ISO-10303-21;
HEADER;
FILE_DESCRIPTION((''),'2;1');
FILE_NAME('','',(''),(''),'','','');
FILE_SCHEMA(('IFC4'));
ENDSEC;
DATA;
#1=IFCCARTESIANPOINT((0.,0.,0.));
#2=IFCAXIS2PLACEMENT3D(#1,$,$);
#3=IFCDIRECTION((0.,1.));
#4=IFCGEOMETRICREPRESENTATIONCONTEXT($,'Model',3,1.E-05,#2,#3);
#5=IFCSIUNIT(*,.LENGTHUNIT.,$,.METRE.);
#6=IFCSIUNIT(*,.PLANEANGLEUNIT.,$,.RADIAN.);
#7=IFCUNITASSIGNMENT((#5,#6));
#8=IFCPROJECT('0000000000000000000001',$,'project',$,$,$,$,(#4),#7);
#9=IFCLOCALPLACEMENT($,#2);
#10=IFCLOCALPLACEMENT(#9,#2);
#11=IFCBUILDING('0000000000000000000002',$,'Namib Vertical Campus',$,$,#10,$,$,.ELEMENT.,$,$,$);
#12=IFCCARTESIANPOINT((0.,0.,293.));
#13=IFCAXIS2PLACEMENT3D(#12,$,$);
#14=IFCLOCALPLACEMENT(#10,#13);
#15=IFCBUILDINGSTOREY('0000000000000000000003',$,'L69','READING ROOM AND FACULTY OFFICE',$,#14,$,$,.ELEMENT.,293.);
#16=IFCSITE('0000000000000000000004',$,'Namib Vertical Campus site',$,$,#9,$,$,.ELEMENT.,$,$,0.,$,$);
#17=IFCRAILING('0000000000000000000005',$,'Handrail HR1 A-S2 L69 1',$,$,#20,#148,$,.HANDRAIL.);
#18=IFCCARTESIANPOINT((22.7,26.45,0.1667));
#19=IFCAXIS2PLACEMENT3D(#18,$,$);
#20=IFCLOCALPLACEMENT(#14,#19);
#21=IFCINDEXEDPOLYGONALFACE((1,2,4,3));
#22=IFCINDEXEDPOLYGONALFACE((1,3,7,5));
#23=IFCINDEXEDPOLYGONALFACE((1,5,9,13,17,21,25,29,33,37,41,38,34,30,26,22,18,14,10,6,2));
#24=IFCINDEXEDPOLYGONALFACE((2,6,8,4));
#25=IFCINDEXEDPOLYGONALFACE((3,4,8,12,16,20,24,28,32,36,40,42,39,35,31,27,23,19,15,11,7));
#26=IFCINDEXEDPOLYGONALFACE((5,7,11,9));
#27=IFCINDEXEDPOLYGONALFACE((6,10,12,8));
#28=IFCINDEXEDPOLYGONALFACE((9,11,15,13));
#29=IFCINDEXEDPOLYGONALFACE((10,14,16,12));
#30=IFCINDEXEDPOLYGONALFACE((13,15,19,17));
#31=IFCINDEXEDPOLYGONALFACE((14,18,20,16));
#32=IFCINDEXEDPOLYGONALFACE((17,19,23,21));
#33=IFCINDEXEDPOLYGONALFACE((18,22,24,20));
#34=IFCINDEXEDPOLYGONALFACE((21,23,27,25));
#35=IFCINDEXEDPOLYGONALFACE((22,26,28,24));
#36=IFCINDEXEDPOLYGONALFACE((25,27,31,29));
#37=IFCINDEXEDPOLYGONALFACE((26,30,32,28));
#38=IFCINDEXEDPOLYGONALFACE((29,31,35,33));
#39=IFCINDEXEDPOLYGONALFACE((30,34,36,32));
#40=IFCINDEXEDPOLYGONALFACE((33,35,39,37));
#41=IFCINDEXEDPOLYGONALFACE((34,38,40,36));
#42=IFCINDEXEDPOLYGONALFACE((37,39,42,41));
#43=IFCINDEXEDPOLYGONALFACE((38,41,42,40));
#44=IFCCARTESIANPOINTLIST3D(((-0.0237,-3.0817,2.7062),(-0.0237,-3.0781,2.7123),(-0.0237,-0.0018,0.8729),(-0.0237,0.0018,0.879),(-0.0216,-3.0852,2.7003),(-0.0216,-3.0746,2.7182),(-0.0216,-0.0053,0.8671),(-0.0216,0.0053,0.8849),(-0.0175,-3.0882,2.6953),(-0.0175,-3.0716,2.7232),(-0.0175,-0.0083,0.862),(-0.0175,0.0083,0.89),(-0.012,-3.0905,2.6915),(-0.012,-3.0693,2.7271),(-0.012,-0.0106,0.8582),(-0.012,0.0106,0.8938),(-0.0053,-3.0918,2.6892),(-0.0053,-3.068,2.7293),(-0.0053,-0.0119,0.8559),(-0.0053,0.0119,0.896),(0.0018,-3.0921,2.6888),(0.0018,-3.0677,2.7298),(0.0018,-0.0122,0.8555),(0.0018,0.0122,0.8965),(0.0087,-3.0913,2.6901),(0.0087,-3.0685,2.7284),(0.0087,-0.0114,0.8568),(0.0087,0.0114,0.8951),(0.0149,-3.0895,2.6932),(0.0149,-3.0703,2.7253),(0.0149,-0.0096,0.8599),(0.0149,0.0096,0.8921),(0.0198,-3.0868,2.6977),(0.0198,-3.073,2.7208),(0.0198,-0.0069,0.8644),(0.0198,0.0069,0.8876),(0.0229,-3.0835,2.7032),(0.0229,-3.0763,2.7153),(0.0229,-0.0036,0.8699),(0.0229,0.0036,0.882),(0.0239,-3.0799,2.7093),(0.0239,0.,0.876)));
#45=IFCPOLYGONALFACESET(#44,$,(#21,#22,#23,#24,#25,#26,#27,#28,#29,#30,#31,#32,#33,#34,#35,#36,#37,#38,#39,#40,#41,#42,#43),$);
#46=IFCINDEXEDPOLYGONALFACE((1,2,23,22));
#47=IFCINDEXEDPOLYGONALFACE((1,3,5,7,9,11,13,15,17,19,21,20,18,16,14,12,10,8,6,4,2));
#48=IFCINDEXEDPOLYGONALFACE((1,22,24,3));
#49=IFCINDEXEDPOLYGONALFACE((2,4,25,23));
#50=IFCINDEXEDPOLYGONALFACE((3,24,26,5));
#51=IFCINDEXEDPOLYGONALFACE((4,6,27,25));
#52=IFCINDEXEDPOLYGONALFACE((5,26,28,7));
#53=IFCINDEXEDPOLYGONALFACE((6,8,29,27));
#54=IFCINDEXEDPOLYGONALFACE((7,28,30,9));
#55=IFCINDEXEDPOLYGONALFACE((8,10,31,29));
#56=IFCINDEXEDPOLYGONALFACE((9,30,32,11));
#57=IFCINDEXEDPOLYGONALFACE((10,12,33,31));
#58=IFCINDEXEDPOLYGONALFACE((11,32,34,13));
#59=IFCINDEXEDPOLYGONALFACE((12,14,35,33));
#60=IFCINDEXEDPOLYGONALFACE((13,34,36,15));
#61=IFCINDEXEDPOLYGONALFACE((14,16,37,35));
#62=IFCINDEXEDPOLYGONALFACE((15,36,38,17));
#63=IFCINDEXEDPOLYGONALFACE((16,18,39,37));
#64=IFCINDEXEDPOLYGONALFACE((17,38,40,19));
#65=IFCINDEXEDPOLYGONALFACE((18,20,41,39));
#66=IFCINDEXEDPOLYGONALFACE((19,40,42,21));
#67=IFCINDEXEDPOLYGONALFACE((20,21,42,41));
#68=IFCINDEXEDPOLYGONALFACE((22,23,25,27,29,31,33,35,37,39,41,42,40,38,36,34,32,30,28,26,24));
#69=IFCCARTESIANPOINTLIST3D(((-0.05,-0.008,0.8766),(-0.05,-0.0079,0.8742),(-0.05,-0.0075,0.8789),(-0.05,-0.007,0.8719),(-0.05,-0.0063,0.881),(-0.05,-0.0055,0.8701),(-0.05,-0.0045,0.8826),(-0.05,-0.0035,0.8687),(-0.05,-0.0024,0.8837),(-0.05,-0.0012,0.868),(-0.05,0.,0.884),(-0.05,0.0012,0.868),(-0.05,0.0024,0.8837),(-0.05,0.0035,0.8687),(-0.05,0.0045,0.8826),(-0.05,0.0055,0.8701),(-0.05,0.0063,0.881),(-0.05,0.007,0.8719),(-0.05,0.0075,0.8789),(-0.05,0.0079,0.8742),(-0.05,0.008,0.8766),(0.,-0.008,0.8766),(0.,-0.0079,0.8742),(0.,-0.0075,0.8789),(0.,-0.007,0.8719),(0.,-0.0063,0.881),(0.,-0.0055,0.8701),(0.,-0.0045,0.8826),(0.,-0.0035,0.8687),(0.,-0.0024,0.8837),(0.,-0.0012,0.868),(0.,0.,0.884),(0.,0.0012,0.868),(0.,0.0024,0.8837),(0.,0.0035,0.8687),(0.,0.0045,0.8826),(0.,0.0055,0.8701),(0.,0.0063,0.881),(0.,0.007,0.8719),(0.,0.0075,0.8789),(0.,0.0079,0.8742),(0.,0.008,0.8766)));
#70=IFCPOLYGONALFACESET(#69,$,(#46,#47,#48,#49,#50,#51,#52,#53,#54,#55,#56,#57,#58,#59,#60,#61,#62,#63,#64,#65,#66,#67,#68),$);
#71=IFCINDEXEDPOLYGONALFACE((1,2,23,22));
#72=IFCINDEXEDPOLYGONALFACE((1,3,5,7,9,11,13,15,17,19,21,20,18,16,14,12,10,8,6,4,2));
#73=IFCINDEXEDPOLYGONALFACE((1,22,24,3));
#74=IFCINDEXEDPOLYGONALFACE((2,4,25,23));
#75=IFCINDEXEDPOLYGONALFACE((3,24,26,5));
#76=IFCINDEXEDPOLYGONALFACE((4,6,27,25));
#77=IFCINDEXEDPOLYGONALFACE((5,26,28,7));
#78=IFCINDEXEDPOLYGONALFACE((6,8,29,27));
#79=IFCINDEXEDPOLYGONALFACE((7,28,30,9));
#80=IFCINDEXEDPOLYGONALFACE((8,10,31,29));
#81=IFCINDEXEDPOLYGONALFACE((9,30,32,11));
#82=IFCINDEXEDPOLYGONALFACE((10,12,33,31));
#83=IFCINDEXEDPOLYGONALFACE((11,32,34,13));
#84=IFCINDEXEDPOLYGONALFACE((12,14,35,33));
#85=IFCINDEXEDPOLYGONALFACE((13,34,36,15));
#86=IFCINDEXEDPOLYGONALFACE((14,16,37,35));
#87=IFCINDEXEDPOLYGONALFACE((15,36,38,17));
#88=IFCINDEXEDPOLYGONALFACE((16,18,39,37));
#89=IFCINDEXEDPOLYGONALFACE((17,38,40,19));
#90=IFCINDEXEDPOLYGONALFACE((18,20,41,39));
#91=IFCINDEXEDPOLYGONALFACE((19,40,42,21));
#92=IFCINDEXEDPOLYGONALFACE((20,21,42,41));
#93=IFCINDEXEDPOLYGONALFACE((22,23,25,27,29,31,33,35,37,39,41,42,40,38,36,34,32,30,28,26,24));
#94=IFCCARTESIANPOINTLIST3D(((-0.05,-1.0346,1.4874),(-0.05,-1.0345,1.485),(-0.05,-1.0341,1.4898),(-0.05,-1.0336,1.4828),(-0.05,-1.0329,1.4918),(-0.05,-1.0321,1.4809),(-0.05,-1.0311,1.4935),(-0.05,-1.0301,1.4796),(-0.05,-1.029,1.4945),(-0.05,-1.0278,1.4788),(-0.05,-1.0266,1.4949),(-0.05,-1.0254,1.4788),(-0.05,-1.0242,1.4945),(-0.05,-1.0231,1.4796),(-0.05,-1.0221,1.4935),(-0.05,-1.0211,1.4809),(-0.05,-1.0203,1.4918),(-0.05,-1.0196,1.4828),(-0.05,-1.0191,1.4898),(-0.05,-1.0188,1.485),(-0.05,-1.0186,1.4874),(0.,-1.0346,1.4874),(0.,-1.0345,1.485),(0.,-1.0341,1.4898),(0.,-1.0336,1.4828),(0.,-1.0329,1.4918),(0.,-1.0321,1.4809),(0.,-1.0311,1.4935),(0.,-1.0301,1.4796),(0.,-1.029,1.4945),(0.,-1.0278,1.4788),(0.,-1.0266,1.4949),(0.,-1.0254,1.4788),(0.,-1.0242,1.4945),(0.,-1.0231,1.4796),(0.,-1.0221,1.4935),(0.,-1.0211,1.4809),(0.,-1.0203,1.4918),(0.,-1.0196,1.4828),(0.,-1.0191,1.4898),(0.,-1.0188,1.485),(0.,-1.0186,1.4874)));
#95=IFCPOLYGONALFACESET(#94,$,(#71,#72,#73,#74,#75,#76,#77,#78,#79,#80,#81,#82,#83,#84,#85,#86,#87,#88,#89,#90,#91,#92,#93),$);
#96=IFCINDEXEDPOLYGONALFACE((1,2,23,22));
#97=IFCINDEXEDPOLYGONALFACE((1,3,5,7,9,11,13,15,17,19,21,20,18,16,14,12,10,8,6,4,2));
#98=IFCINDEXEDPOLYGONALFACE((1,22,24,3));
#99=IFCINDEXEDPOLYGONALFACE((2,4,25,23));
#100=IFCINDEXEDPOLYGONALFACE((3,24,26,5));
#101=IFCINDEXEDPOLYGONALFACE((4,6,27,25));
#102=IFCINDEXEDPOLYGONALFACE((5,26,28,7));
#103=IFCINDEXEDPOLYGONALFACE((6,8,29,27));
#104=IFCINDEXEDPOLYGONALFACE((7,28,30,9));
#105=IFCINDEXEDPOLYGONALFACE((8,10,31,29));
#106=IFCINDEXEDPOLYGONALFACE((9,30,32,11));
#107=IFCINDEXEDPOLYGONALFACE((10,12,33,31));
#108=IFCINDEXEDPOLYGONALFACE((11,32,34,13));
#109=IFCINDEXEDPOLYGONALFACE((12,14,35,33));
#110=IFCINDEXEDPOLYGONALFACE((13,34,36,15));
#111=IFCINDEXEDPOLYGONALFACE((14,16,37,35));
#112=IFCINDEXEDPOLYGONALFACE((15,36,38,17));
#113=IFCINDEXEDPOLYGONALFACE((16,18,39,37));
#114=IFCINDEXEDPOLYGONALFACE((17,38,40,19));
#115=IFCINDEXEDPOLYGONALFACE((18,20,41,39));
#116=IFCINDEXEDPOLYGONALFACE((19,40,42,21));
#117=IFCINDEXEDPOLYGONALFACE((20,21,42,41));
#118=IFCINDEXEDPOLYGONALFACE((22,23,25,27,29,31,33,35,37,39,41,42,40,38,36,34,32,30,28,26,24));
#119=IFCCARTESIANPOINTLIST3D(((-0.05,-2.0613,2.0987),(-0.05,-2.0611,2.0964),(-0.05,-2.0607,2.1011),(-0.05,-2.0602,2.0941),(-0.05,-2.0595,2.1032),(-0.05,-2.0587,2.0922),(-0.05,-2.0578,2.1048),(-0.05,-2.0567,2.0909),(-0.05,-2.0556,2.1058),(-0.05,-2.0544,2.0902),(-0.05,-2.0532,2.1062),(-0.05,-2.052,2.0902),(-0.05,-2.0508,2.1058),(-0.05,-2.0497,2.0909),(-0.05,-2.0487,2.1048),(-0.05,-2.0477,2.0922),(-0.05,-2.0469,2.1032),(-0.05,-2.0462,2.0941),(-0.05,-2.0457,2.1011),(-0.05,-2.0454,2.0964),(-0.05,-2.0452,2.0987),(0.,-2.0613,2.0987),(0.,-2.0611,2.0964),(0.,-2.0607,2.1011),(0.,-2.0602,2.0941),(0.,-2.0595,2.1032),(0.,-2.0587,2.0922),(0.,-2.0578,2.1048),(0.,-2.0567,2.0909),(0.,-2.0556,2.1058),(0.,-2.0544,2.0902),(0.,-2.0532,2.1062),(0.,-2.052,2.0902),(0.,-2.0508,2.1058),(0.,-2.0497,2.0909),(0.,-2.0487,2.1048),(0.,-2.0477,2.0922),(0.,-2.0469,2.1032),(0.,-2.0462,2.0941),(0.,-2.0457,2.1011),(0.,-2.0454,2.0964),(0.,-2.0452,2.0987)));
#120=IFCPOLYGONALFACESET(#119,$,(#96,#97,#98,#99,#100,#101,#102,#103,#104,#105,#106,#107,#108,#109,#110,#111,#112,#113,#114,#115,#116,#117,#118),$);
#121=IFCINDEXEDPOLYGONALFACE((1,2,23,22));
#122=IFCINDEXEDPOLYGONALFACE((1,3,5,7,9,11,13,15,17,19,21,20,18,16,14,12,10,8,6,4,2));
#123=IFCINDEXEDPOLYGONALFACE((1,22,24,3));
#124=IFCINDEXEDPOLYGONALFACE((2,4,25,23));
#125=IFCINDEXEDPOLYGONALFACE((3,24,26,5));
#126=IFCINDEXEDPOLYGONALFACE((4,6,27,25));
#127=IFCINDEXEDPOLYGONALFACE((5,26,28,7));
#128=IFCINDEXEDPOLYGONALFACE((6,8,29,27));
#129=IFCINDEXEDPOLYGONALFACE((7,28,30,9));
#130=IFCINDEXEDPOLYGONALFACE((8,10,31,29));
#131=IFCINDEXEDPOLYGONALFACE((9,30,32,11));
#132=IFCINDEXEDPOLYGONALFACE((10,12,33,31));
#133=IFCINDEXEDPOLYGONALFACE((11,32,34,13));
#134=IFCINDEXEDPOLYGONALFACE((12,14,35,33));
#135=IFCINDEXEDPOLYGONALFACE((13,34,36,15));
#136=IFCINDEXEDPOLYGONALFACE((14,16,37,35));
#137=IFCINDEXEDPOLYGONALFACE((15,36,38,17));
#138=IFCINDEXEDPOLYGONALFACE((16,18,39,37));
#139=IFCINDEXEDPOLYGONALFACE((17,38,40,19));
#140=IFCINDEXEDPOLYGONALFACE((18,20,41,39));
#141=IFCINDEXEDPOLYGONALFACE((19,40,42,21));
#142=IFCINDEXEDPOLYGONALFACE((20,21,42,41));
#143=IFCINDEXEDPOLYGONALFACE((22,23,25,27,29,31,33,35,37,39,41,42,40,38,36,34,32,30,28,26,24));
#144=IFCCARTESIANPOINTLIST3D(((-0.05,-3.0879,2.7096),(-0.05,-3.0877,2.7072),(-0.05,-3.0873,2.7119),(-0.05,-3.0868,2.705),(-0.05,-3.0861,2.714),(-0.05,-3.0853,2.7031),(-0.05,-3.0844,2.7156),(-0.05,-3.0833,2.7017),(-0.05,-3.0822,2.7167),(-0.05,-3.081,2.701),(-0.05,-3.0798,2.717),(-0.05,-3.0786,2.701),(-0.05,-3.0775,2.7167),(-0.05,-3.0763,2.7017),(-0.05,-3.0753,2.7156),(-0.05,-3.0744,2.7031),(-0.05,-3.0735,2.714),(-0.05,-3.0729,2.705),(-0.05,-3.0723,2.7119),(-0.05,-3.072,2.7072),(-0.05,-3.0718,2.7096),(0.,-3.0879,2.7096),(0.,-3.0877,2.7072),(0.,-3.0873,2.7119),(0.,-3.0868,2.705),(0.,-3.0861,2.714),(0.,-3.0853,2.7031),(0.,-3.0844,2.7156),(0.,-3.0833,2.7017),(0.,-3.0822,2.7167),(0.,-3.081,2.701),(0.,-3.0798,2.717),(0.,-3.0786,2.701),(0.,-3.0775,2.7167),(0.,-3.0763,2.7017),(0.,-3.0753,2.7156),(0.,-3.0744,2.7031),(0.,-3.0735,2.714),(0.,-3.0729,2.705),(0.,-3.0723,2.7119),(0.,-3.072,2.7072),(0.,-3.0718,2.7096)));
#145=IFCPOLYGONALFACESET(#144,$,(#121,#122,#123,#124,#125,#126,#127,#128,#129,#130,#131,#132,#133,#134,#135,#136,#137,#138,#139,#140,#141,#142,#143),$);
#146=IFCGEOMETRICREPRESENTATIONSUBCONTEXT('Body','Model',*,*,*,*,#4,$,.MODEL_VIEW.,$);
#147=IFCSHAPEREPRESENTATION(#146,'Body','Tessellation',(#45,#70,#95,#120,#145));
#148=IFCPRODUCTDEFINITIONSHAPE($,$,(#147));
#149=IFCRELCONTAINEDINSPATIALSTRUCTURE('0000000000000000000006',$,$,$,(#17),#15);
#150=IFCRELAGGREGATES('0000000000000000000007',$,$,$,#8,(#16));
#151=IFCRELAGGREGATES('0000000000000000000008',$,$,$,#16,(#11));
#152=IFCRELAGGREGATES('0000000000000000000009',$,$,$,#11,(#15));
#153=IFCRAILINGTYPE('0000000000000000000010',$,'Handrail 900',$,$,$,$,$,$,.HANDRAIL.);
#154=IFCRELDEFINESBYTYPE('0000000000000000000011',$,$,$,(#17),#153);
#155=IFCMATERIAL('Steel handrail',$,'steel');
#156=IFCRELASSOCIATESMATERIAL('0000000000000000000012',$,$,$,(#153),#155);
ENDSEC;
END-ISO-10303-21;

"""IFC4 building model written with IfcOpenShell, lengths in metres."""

from ifc_helpers import new_model, si_unit, direction, frame, origin, origin_2d, place, context, subcontext, project, spatial, circle, extrude, material, type_object, element, save


model = new_model("IFC4")

# Units and contexts
model_context = context("Model", 3, precision=1e-05, world=origin(), true_north=direction((0.0, 1.0)))
body_context = subcontext(model_context, "Body", "Model", "MODEL_VIEW")
ifc_project = project(units=[si_unit("LENGTHUNIT", "METRE"), si_unit("PLANEANGLEUNIT", "RADIAN")], contexts=[model_context])

# Site, building, storey
site_placement = place(None, origin())
site = spatial("IfcSite", under=ifc_project, at=site_placement, Name="Namib Vertical Campus site", CompositionType="ELEMENT", RefElevation=0.0)
building_placement = place(site_placement, origin())
building = spatial("IfcBuilding", under=site, at=building_placement, Name="Namib Vertical Campus", CompositionType="ELEMENT")
storey_placement = place(building_placement, frame((0.0, 0.0, 293.0)))
storey = spatial("IfcBuildingStorey", under=building, at=storey_placement, Name="L69", Description="READING ROOM AND FACULTY OFFICE", CompositionType="ELEMENT", Elevation=293.0)

# Railing
ifc_material_1 = material(Name="Steel handrail", Category="steel")
railing_type_1 = type_object("IfcRailingType", Name="Handrail 900", PredefinedType="HANDRAIL", material=ifc_material_1)
railing_1_placement = place(storey_placement, frame((22.7, 26.45, 0.1667)))
element("IfcRailing", 1, at=railing_1_placement, inside=storey, type_object=railing_type_1, Name="Handrail HR1 A-S2 L69 1", PredefinedType="HANDRAIL", context=body_context, shape_type="SweptSolid", body=[
    extrude(circle(Radius=0.0239, at=origin_2d()), frame((0.0, 0.0, 0.876), z_axis=(0.0, -0.859291, 0.511487), x_axis=(1.0, 0.0, 0.0)), (0.0, 0.0, 1.0), 3.5842),
    extrude(circle(Radius=0.0081, at=origin_2d()), frame((0.0, 0.0, 0.876), z_axis=(-1.0, 0.0, 0.0), x_axis=(0.0, 0.0, 1.0)), (0.0, 0.0, 1.0), 0.05),
    extrude(circle(Radius=0.0081, at=origin_2d()), frame((0.0, -1.0266, 1.4868), z_axis=(-1.0, 0.0, 0.0), x_axis=(0.0, 0.0, 1.0)), (0.0, 0.0, 1.0), 0.05),
    extrude(circle(Radius=0.0081, at=origin_2d()), frame((0.0, -2.0532, 2.0981), z_axis=(-1.0, 0.0, 0.0), x_axis=(0.0, 0.0, 1.0)), (0.0, 0.0, 1.0), 0.05),
    extrude(circle(Radius=0.0081, at=origin_2d()), frame((0.0, -3.0798, 2.709), z_axis=(-1.0, 0.0, 0.0), x_axis=(0.0, 0.0, 1.0)), (0.0, 0.0, 1.0), 0.05),
])

save(model, "model.ifc")
